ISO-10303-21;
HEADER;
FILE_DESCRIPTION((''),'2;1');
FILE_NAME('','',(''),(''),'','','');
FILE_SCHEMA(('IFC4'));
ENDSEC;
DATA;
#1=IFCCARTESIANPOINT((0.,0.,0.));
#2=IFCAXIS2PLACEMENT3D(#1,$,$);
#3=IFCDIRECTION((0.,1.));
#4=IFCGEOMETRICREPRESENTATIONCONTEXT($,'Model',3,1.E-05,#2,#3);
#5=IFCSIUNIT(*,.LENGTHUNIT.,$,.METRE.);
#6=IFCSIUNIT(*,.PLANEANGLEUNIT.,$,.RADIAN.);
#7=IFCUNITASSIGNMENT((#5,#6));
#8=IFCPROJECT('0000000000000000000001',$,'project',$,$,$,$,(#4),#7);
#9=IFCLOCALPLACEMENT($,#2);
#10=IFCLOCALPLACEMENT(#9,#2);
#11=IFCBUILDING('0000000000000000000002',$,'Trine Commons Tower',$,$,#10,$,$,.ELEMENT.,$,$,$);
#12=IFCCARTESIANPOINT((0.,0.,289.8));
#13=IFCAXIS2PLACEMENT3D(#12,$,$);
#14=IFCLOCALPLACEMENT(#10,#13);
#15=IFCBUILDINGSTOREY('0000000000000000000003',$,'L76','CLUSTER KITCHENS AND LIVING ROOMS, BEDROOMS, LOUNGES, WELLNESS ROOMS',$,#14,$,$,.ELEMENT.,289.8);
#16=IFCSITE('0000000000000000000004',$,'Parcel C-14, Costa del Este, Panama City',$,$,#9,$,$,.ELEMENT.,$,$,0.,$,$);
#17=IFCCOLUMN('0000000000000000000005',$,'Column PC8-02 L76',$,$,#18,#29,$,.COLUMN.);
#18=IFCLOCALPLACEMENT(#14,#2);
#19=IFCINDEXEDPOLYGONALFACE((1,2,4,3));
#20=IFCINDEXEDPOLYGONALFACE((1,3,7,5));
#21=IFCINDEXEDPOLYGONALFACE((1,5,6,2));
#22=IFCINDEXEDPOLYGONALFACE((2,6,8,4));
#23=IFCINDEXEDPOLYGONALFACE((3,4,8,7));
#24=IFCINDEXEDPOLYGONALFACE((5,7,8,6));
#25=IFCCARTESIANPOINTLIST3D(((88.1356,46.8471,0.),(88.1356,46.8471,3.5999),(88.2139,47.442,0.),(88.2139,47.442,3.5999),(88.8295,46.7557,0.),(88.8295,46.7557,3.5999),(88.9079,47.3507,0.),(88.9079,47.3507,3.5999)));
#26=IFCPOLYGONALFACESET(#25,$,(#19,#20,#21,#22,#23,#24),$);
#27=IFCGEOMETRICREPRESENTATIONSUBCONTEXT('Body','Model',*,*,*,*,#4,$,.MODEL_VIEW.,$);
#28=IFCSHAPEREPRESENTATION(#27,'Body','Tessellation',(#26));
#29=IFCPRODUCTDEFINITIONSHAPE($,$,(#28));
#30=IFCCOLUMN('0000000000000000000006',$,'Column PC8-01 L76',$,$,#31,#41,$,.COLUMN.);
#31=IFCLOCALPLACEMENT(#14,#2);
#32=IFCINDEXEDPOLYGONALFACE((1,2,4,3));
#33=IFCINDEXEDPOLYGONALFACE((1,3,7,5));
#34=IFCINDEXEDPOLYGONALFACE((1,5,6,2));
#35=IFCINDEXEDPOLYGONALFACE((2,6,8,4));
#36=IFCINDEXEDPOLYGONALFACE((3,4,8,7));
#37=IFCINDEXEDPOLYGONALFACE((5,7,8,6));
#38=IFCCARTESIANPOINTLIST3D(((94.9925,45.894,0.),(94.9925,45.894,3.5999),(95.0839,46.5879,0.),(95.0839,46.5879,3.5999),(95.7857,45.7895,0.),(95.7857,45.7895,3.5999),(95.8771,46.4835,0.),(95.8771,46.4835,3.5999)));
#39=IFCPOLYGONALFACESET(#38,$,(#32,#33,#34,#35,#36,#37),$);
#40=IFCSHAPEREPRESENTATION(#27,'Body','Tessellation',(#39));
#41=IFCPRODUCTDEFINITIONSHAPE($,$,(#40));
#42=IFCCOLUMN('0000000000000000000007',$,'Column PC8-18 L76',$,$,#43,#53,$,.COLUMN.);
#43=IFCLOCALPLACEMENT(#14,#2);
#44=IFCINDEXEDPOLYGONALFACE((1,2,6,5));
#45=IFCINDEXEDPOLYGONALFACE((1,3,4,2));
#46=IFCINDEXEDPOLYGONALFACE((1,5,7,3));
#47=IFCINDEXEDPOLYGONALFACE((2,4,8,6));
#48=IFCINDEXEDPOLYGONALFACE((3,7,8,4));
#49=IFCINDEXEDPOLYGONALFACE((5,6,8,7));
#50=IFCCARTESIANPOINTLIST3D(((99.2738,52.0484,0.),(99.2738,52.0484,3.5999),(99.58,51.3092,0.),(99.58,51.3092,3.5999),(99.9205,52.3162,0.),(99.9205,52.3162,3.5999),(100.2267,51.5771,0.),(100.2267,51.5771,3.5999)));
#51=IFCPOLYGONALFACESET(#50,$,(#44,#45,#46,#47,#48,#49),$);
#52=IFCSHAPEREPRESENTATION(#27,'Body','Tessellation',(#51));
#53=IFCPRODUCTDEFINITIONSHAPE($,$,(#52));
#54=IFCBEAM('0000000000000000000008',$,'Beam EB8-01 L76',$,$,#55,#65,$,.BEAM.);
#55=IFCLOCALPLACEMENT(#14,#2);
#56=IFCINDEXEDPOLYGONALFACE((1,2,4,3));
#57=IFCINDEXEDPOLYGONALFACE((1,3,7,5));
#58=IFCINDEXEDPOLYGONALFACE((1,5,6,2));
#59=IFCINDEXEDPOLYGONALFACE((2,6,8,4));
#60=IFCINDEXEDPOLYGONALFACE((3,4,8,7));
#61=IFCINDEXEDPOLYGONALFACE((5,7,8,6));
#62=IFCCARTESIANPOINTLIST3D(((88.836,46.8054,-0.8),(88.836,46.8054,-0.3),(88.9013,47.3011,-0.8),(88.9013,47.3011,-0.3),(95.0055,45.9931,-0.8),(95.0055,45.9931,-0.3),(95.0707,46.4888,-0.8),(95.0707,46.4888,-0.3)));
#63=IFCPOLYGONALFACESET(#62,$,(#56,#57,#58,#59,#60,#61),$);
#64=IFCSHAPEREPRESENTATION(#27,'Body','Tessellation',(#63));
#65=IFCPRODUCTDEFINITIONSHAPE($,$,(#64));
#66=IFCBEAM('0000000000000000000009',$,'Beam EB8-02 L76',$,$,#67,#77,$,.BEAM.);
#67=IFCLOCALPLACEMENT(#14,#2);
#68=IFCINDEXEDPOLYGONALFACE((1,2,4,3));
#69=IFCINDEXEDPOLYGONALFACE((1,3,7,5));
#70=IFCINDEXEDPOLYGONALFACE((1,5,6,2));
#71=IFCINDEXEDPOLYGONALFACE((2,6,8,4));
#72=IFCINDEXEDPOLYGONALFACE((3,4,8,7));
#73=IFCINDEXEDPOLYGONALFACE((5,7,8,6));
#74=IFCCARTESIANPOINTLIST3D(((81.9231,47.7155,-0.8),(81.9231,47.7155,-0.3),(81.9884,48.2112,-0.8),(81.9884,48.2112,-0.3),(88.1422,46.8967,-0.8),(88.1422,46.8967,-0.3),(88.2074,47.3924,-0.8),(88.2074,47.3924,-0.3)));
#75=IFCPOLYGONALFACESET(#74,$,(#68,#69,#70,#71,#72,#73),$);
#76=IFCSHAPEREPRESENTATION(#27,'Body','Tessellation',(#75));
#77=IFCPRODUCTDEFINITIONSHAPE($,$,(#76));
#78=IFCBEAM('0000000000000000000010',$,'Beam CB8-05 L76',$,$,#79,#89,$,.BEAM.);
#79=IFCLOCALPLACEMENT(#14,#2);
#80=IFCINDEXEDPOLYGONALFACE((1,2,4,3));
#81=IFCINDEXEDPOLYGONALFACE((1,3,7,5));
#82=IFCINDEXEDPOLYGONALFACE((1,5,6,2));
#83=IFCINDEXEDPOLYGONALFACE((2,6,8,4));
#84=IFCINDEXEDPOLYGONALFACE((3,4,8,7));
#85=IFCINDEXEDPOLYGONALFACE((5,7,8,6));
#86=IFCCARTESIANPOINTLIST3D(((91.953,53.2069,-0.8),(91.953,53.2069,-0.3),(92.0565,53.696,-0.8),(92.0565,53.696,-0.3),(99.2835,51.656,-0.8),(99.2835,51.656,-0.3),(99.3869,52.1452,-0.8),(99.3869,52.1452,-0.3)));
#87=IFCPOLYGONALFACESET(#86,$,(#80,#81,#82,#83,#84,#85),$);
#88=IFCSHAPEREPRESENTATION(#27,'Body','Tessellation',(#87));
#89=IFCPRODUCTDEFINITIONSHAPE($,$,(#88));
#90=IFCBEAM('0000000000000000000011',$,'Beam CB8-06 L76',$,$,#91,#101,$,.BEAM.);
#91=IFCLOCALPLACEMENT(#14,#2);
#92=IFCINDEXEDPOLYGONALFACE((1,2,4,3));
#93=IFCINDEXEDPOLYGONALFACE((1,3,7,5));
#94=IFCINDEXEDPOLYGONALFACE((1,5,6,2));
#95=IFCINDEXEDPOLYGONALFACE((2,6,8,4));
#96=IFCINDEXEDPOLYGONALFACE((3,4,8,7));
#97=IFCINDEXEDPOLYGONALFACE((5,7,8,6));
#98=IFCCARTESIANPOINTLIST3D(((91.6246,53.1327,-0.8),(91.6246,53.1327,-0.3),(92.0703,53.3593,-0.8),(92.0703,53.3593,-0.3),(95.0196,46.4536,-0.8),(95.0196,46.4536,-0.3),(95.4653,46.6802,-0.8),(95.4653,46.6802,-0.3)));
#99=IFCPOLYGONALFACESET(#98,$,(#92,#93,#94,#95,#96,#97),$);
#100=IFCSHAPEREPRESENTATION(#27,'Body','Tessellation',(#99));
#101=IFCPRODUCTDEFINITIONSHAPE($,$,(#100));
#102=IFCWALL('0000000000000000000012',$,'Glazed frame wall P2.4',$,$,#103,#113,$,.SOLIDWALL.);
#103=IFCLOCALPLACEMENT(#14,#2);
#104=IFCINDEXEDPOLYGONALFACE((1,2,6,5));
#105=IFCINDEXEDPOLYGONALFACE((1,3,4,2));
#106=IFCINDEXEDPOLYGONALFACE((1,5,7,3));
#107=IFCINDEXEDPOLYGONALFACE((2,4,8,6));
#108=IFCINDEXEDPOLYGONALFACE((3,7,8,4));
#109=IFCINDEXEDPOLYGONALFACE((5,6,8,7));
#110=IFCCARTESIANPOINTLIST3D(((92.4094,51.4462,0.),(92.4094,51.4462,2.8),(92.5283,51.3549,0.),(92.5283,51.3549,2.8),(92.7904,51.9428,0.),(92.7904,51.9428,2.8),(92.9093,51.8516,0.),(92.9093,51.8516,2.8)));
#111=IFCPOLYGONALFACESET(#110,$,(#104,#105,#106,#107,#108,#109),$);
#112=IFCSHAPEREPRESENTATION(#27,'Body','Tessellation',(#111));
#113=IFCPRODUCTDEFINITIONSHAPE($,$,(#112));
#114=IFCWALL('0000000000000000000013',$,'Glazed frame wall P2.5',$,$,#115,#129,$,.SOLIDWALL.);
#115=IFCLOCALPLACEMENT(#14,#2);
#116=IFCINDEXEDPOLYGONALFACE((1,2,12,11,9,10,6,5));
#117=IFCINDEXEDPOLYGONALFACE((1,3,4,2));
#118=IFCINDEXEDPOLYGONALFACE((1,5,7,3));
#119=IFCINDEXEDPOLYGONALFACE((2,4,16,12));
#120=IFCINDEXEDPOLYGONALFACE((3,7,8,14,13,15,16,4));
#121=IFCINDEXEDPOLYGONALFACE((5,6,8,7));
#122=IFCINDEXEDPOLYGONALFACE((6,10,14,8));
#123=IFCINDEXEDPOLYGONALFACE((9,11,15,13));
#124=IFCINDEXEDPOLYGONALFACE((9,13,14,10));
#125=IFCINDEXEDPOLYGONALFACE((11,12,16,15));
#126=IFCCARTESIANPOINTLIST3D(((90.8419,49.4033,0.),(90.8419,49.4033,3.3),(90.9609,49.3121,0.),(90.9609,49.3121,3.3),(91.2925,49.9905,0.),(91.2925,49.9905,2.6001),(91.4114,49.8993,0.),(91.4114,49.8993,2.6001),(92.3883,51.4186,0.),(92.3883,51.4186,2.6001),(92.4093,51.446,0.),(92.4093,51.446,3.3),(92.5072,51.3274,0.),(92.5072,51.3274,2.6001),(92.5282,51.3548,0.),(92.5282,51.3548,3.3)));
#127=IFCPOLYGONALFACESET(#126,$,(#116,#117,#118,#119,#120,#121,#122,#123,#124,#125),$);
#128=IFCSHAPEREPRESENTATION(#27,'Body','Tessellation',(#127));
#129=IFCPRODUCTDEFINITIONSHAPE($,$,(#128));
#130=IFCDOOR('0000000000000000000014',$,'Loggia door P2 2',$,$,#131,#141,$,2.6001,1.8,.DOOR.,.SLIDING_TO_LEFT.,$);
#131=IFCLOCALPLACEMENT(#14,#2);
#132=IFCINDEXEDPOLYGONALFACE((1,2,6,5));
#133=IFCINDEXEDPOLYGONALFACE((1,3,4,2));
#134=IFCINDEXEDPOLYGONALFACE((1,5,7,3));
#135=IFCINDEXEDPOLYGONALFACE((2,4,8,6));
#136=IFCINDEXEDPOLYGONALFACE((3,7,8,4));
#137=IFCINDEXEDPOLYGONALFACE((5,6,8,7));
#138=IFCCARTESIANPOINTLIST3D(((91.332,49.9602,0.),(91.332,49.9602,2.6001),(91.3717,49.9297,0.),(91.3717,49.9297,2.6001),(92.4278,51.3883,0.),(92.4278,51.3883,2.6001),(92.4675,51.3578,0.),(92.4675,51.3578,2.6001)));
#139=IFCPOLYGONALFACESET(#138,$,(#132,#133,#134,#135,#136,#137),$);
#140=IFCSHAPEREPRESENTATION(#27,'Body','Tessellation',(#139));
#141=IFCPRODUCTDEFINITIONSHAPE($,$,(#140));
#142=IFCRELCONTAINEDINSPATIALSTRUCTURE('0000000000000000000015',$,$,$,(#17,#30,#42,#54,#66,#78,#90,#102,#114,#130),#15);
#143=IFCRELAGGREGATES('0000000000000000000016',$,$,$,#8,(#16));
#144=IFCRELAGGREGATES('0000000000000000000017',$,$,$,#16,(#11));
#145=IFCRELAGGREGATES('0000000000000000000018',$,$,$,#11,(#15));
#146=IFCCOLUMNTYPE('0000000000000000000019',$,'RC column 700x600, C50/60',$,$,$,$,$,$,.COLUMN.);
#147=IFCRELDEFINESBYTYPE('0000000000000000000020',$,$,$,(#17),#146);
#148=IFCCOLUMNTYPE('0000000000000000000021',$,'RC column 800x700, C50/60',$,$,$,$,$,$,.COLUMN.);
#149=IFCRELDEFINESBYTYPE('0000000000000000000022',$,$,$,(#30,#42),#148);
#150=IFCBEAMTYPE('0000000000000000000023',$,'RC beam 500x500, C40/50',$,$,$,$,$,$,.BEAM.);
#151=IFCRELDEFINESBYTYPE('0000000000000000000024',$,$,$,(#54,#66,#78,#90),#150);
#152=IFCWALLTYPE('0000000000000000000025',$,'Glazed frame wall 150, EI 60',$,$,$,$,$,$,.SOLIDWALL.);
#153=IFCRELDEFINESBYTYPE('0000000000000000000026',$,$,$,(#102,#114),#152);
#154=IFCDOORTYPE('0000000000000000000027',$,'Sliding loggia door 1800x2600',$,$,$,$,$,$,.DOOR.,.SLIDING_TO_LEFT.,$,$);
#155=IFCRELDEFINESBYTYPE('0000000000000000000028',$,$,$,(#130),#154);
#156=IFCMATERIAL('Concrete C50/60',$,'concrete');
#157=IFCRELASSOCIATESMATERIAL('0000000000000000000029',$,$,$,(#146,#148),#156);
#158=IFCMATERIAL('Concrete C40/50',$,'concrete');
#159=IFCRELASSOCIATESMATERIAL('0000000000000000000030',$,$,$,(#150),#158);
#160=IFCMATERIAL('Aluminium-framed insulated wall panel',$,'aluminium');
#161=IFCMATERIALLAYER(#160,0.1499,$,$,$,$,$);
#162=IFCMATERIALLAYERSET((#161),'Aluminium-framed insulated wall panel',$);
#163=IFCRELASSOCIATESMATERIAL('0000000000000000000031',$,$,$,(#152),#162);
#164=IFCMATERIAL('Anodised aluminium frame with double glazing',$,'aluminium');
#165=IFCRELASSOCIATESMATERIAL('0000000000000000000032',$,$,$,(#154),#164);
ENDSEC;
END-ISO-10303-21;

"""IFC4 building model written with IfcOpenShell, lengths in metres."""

from ifc_helpers import new_model, si_unit, direction, frame, frame_2d, origin, origin_2d, place, context, subcontext, project, spatial, polyline, rectangle, outline, extrude, material, layer, layer_set, material_profile, profile_set, type_object, element, fill, save


model = new_model("IFC4")

# Units and contexts
model_context = context("Model", 3, precision=1e-05, world=origin(), true_north=direction((0.0, 1.0)))
body_context = subcontext(model_context, "Body", "Model", "MODEL_VIEW")
ifc_project = project(units=[si_unit("LENGTHUNIT", "METRE"), si_unit("PLANEANGLEUNIT", "RADIAN")], contexts=[model_context])

# Site, building, storey
site_placement = place(None, origin())
site = spatial("IfcSite", under=ifc_project, at=site_placement, Name="Parcel C-14, Costa del Este, Panama City", CompositionType="ELEMENT", RefElevation=0.0)
building_placement = place(site_placement, origin())
building = spatial("IfcBuilding", under=site, at=building_placement, Name="Trine Commons Tower", CompositionType="ELEMENT")
storey_placement = place(building_placement, frame((0.0, 0.0, 289.8)))
storey = spatial("IfcBuildingStorey", under=building, at=storey_placement, Name="L76", Description="CLUSTER KITCHENS AND LIVING ROOMS, BEDROOMS, LOUNGES, WELLNESS ROOMS", CompositionType="ELEMENT", Elevation=289.8)

# Columns
ifc_material_1 = material(Name="Concrete C50/60", Category="concrete")
ifc_material_profile_1 = material_profile(ifc_material_1, rectangle(XDim=0.7, YDim=0.6001, at=origin_2d()), Name="RC 700x600")
ifc_profile_set_1 = profile_set([ifc_material_profile_1], Name="Concrete C50/60")
column_type_1 = type_object("IfcColumnType", Name="RC column 700x600, C50/60", PredefinedType="COLUMN", material=ifc_profile_set_1)
column_placement = place(storey_placement, frame((88.5217, 47.0989, 0.0), z_axis=(0.0, 0.0, 1.0), x_axis=(-0.991445, 0.130526, 0.0)))
element("IfcColumn", 1, at=column_placement, inside=storey, type_object=column_type_1, Name="Column PC8-02 L76", PredefinedType="COLUMN", context=body_context, shape_type="SweptSolid", body=[
    extrude(rectangle(XDim=0.7, YDim=0.6001, at=origin_2d()), origin(), (0.0, 0.0, 1.0), 3.5999),
])
ifc_material_profile_2 = material_profile(ifc_material_1, rectangle(XDim=0.8, YDim=0.7, at=origin_2d()), Name="RC 800x700")
ifc_profile_set_2 = profile_set([ifc_material_profile_2], Name="Concrete C50/60")
column_type_2 = type_object("IfcColumnType", Name="RC column 800x700, C50/60", PredefinedType="COLUMN", material=ifc_profile_set_2)
for number, where, z_axis, x_axis, name in (
    (2, (95.4348, 46.1887, 0.0), (0.0, 0.0, 1.0), (-0.991445, 0.130526, 0.0), "Column PC8-01 L76"),
    (3, (99.7502, 51.8127, 0.0), (0.0, 0.0, 1.0), (-0.382683, 0.92388, 0.0), "Column PC8-18 L76"),
):
    element("IfcColumn", number, at=place(storey_placement, frame(where, z_axis=z_axis, x_axis=x_axis)), inside=storey, type_object=column_type_2, Name=name, PredefinedType="COLUMN", context=body_context, shape_type="SweptSolid", body=[
        extrude(rectangle(XDim=0.8, YDim=0.7, at=origin_2d()), origin(), (0.0, 0.0, 1.0), 3.5999),
    ])

# Beams
ifc_material_2 = material(Name="Concrete C40/50", Category="concrete")
ifc_material_profile_3 = material_profile(ifc_material_2, rectangle(XDim=0.5, YDim=0.5, at=origin_2d()), Name="RC 500x500")
ifc_profile_set_3 = profile_set([ifc_material_profile_3], Name="Concrete C40/50")
beam_type = type_object("IfcBeamType", Name="RC beam 500x500, C40/50", PredefinedType="BEAM", material=ifc_profile_set_3)
beam_1_placement = place(storey_placement, frame((95.0381, 46.241, -0.55), z_axis=(-0.991444, 0.130532, 0.0), x_axis=(-0.130532, -0.991444, 0.0)))
element("IfcBeam", 4, at=beam_1_placement, inside=storey, type_object=beam_type, Name="Beam EB8-01 L76", PredefinedType="BEAM", context=body_context, shape_type="SweptSolid", body=[
    extrude(rectangle(XDim=0.5, YDim=0.5, at=origin_2d()), origin(), (0.0, 0.0, 1.0), 6.2227),
])
beam_2_placement = place(storey_placement, frame((88.1748, 47.1445, -0.55), z_axis=(-0.991443, 0.130542, 0.0), x_axis=(-0.130542, -0.991443, 0.0)))
element("IfcBeam", 5, at=beam_2_placement, inside=storey, type_object=beam_type, Name="Beam EB8-02 L76", PredefinedType="BEAM", context=body_context, shape_type="SweptSolid", body=[
    extrude(rectangle(XDim=0.5, YDim=0.5, at=origin_2d()), origin(), (0.0, 0.0, 1.0), 6.2727),
])
beam_3_placement = place(storey_placement, frame((99.3352, 51.9006, -0.55), z_axis=(-0.978346, 0.206976, 0.0), x_axis=(-0.206976, -0.978346, 0.0)))
element("IfcBeam", 6, at=beam_3_placement, inside=storey, type_object=beam_type, Name="Beam CB8-05 L76", PredefinedType="BEAM", context=body_context, shape_type="SweptSolid", body=[
    extrude(rectangle(XDim=0.5, YDim=0.5, at=origin_2d()), origin(), (0.0, 0.0, 1.0), 7.4927),
])
beam_4_placement = place(storey_placement, frame((95.2424, 46.5669, -0.55), z_axis=(-0.453121, 0.891449, 0.0), x_axis=(-0.891449, -0.453121, 0.0)))
element("IfcBeam", 7, at=beam_4_placement, inside=storey, type_object=beam_type, Name="Beam CB8-06 L76", PredefinedType="BEAM", context=body_context, shape_type="SweptSolid", body=[
    extrude(rectangle(XDim=0.5, YDim=0.5, at=origin_2d()), origin(), (0.0, 0.0, 1.0), 7.4924),
])

# Wall
ifc_material_3 = material(Name="Aluminium-framed insulated wall panel", Category="aluminium")
ifc_layer_1 = layer(ifc_material_3, 0.1499)
ifc_layer_set_1 = layer_set([ifc_layer_1], Name="Aluminium-framed insulated wall panel")
wall_type_1 = type_object("IfcWallType", Name="Glazed frame wall 150, EI 60", PredefinedType="SOLIDWALL", material=ifc_layer_set_1)
wall_1_placement = place(storey_placement, frame((92.8499, 51.8972, 0.0), z_axis=(0.0, 0.0, 1.0), x_axis=(-0.608636, -0.793449, 0.0)))
element("IfcWall", 8, at=wall_1_placement, inside=storey, type_object=wall_type_1, Name="Glazed frame wall P2.4", PredefinedType="SOLIDWALL", context=body_context, shape_type="SweptSolid", body=[
    extrude(outline(polyline([(0.0, -0.075), (0.626, -0.075), (0.626, 0.075), (0.0, 0.075), (0.0, -0.075)])), origin(), (0.0, 0.0, 1.0), 2.8),
])

# Wall, opening, door
wall_2_placement = place(storey_placement, frame((92.4688, 51.4004, 0.0), z_axis=(0.0, 0.0, 1.0), x_axis=(-0.608752, -0.79336, 0.0)))
wall_2 = element("IfcWall", 9, at=wall_2_placement, inside=storey, type_object=wall_type_1, Name="Glazed frame wall P2.5", PredefinedType="SOLIDWALL", context=body_context, shape_type="SweptSolid", body=[
    extrude(outline(polyline([(2.5747, 0.075), (0.0, 0.075), (0.0, -0.075), (2.5747, -0.075), (2.5747, 0.075)])), origin(), (0.0, 0.0, 1.0), 3.3),
])
opening_1_placement = place(wall_2_placement, frame((0.0347, 0.0, 0.0)))
opening_1 = element("IfcOpeningElement", 10, at=opening_1_placement, cuts=wall_2, PredefinedType="OPENING", context=body_context, shape_type="SweptSolid", body=[
    extrude(rectangle(XDim=1.8, YDim=2.6001, at=frame_2d((0.8999, 1.3))), frame((0.0, 0.085, 0.0), z_axis=(0.0, -1.0, 0.0), x_axis=(1.0, 0.0, 0.0)), (0.0, 0.0, 1.0), 0.1699),
])
ifc_material_4 = material(Name="Anodised aluminium frame with double glazing", Category="aluminium")
door_type = type_object("IfcDoorType", Name="Sliding loggia door 1800x2600", OperationType="SLIDING_TO_LEFT", PredefinedType="DOOR", material=ifc_material_4)
door_1_placement = place(opening_1_placement, origin())
door_1 = element("IfcDoor", 11, at=door_1_placement, inside=storey, type_object=door_type, Name="Loggia door P2 2", OperationType="SLIDING_TO_LEFT", OverallHeight=2.6001, OverallWidth=1.8, PredefinedType="DOOR", context=body_context, shape_type="SweptSolid", body=[
    extrude(rectangle(XDim=1.8, YDim=2.6001, at=frame_2d((0.8999, 1.3))), frame((0.0, 0.0249, 0.0), z_axis=(0.0, -1.0, 0.0), x_axis=(1.0, 0.0, 0.0)), (0.0, 0.0, 1.0), 0.05),
])
fill(opening_1, door_1)

save(model, "model.ifc")
